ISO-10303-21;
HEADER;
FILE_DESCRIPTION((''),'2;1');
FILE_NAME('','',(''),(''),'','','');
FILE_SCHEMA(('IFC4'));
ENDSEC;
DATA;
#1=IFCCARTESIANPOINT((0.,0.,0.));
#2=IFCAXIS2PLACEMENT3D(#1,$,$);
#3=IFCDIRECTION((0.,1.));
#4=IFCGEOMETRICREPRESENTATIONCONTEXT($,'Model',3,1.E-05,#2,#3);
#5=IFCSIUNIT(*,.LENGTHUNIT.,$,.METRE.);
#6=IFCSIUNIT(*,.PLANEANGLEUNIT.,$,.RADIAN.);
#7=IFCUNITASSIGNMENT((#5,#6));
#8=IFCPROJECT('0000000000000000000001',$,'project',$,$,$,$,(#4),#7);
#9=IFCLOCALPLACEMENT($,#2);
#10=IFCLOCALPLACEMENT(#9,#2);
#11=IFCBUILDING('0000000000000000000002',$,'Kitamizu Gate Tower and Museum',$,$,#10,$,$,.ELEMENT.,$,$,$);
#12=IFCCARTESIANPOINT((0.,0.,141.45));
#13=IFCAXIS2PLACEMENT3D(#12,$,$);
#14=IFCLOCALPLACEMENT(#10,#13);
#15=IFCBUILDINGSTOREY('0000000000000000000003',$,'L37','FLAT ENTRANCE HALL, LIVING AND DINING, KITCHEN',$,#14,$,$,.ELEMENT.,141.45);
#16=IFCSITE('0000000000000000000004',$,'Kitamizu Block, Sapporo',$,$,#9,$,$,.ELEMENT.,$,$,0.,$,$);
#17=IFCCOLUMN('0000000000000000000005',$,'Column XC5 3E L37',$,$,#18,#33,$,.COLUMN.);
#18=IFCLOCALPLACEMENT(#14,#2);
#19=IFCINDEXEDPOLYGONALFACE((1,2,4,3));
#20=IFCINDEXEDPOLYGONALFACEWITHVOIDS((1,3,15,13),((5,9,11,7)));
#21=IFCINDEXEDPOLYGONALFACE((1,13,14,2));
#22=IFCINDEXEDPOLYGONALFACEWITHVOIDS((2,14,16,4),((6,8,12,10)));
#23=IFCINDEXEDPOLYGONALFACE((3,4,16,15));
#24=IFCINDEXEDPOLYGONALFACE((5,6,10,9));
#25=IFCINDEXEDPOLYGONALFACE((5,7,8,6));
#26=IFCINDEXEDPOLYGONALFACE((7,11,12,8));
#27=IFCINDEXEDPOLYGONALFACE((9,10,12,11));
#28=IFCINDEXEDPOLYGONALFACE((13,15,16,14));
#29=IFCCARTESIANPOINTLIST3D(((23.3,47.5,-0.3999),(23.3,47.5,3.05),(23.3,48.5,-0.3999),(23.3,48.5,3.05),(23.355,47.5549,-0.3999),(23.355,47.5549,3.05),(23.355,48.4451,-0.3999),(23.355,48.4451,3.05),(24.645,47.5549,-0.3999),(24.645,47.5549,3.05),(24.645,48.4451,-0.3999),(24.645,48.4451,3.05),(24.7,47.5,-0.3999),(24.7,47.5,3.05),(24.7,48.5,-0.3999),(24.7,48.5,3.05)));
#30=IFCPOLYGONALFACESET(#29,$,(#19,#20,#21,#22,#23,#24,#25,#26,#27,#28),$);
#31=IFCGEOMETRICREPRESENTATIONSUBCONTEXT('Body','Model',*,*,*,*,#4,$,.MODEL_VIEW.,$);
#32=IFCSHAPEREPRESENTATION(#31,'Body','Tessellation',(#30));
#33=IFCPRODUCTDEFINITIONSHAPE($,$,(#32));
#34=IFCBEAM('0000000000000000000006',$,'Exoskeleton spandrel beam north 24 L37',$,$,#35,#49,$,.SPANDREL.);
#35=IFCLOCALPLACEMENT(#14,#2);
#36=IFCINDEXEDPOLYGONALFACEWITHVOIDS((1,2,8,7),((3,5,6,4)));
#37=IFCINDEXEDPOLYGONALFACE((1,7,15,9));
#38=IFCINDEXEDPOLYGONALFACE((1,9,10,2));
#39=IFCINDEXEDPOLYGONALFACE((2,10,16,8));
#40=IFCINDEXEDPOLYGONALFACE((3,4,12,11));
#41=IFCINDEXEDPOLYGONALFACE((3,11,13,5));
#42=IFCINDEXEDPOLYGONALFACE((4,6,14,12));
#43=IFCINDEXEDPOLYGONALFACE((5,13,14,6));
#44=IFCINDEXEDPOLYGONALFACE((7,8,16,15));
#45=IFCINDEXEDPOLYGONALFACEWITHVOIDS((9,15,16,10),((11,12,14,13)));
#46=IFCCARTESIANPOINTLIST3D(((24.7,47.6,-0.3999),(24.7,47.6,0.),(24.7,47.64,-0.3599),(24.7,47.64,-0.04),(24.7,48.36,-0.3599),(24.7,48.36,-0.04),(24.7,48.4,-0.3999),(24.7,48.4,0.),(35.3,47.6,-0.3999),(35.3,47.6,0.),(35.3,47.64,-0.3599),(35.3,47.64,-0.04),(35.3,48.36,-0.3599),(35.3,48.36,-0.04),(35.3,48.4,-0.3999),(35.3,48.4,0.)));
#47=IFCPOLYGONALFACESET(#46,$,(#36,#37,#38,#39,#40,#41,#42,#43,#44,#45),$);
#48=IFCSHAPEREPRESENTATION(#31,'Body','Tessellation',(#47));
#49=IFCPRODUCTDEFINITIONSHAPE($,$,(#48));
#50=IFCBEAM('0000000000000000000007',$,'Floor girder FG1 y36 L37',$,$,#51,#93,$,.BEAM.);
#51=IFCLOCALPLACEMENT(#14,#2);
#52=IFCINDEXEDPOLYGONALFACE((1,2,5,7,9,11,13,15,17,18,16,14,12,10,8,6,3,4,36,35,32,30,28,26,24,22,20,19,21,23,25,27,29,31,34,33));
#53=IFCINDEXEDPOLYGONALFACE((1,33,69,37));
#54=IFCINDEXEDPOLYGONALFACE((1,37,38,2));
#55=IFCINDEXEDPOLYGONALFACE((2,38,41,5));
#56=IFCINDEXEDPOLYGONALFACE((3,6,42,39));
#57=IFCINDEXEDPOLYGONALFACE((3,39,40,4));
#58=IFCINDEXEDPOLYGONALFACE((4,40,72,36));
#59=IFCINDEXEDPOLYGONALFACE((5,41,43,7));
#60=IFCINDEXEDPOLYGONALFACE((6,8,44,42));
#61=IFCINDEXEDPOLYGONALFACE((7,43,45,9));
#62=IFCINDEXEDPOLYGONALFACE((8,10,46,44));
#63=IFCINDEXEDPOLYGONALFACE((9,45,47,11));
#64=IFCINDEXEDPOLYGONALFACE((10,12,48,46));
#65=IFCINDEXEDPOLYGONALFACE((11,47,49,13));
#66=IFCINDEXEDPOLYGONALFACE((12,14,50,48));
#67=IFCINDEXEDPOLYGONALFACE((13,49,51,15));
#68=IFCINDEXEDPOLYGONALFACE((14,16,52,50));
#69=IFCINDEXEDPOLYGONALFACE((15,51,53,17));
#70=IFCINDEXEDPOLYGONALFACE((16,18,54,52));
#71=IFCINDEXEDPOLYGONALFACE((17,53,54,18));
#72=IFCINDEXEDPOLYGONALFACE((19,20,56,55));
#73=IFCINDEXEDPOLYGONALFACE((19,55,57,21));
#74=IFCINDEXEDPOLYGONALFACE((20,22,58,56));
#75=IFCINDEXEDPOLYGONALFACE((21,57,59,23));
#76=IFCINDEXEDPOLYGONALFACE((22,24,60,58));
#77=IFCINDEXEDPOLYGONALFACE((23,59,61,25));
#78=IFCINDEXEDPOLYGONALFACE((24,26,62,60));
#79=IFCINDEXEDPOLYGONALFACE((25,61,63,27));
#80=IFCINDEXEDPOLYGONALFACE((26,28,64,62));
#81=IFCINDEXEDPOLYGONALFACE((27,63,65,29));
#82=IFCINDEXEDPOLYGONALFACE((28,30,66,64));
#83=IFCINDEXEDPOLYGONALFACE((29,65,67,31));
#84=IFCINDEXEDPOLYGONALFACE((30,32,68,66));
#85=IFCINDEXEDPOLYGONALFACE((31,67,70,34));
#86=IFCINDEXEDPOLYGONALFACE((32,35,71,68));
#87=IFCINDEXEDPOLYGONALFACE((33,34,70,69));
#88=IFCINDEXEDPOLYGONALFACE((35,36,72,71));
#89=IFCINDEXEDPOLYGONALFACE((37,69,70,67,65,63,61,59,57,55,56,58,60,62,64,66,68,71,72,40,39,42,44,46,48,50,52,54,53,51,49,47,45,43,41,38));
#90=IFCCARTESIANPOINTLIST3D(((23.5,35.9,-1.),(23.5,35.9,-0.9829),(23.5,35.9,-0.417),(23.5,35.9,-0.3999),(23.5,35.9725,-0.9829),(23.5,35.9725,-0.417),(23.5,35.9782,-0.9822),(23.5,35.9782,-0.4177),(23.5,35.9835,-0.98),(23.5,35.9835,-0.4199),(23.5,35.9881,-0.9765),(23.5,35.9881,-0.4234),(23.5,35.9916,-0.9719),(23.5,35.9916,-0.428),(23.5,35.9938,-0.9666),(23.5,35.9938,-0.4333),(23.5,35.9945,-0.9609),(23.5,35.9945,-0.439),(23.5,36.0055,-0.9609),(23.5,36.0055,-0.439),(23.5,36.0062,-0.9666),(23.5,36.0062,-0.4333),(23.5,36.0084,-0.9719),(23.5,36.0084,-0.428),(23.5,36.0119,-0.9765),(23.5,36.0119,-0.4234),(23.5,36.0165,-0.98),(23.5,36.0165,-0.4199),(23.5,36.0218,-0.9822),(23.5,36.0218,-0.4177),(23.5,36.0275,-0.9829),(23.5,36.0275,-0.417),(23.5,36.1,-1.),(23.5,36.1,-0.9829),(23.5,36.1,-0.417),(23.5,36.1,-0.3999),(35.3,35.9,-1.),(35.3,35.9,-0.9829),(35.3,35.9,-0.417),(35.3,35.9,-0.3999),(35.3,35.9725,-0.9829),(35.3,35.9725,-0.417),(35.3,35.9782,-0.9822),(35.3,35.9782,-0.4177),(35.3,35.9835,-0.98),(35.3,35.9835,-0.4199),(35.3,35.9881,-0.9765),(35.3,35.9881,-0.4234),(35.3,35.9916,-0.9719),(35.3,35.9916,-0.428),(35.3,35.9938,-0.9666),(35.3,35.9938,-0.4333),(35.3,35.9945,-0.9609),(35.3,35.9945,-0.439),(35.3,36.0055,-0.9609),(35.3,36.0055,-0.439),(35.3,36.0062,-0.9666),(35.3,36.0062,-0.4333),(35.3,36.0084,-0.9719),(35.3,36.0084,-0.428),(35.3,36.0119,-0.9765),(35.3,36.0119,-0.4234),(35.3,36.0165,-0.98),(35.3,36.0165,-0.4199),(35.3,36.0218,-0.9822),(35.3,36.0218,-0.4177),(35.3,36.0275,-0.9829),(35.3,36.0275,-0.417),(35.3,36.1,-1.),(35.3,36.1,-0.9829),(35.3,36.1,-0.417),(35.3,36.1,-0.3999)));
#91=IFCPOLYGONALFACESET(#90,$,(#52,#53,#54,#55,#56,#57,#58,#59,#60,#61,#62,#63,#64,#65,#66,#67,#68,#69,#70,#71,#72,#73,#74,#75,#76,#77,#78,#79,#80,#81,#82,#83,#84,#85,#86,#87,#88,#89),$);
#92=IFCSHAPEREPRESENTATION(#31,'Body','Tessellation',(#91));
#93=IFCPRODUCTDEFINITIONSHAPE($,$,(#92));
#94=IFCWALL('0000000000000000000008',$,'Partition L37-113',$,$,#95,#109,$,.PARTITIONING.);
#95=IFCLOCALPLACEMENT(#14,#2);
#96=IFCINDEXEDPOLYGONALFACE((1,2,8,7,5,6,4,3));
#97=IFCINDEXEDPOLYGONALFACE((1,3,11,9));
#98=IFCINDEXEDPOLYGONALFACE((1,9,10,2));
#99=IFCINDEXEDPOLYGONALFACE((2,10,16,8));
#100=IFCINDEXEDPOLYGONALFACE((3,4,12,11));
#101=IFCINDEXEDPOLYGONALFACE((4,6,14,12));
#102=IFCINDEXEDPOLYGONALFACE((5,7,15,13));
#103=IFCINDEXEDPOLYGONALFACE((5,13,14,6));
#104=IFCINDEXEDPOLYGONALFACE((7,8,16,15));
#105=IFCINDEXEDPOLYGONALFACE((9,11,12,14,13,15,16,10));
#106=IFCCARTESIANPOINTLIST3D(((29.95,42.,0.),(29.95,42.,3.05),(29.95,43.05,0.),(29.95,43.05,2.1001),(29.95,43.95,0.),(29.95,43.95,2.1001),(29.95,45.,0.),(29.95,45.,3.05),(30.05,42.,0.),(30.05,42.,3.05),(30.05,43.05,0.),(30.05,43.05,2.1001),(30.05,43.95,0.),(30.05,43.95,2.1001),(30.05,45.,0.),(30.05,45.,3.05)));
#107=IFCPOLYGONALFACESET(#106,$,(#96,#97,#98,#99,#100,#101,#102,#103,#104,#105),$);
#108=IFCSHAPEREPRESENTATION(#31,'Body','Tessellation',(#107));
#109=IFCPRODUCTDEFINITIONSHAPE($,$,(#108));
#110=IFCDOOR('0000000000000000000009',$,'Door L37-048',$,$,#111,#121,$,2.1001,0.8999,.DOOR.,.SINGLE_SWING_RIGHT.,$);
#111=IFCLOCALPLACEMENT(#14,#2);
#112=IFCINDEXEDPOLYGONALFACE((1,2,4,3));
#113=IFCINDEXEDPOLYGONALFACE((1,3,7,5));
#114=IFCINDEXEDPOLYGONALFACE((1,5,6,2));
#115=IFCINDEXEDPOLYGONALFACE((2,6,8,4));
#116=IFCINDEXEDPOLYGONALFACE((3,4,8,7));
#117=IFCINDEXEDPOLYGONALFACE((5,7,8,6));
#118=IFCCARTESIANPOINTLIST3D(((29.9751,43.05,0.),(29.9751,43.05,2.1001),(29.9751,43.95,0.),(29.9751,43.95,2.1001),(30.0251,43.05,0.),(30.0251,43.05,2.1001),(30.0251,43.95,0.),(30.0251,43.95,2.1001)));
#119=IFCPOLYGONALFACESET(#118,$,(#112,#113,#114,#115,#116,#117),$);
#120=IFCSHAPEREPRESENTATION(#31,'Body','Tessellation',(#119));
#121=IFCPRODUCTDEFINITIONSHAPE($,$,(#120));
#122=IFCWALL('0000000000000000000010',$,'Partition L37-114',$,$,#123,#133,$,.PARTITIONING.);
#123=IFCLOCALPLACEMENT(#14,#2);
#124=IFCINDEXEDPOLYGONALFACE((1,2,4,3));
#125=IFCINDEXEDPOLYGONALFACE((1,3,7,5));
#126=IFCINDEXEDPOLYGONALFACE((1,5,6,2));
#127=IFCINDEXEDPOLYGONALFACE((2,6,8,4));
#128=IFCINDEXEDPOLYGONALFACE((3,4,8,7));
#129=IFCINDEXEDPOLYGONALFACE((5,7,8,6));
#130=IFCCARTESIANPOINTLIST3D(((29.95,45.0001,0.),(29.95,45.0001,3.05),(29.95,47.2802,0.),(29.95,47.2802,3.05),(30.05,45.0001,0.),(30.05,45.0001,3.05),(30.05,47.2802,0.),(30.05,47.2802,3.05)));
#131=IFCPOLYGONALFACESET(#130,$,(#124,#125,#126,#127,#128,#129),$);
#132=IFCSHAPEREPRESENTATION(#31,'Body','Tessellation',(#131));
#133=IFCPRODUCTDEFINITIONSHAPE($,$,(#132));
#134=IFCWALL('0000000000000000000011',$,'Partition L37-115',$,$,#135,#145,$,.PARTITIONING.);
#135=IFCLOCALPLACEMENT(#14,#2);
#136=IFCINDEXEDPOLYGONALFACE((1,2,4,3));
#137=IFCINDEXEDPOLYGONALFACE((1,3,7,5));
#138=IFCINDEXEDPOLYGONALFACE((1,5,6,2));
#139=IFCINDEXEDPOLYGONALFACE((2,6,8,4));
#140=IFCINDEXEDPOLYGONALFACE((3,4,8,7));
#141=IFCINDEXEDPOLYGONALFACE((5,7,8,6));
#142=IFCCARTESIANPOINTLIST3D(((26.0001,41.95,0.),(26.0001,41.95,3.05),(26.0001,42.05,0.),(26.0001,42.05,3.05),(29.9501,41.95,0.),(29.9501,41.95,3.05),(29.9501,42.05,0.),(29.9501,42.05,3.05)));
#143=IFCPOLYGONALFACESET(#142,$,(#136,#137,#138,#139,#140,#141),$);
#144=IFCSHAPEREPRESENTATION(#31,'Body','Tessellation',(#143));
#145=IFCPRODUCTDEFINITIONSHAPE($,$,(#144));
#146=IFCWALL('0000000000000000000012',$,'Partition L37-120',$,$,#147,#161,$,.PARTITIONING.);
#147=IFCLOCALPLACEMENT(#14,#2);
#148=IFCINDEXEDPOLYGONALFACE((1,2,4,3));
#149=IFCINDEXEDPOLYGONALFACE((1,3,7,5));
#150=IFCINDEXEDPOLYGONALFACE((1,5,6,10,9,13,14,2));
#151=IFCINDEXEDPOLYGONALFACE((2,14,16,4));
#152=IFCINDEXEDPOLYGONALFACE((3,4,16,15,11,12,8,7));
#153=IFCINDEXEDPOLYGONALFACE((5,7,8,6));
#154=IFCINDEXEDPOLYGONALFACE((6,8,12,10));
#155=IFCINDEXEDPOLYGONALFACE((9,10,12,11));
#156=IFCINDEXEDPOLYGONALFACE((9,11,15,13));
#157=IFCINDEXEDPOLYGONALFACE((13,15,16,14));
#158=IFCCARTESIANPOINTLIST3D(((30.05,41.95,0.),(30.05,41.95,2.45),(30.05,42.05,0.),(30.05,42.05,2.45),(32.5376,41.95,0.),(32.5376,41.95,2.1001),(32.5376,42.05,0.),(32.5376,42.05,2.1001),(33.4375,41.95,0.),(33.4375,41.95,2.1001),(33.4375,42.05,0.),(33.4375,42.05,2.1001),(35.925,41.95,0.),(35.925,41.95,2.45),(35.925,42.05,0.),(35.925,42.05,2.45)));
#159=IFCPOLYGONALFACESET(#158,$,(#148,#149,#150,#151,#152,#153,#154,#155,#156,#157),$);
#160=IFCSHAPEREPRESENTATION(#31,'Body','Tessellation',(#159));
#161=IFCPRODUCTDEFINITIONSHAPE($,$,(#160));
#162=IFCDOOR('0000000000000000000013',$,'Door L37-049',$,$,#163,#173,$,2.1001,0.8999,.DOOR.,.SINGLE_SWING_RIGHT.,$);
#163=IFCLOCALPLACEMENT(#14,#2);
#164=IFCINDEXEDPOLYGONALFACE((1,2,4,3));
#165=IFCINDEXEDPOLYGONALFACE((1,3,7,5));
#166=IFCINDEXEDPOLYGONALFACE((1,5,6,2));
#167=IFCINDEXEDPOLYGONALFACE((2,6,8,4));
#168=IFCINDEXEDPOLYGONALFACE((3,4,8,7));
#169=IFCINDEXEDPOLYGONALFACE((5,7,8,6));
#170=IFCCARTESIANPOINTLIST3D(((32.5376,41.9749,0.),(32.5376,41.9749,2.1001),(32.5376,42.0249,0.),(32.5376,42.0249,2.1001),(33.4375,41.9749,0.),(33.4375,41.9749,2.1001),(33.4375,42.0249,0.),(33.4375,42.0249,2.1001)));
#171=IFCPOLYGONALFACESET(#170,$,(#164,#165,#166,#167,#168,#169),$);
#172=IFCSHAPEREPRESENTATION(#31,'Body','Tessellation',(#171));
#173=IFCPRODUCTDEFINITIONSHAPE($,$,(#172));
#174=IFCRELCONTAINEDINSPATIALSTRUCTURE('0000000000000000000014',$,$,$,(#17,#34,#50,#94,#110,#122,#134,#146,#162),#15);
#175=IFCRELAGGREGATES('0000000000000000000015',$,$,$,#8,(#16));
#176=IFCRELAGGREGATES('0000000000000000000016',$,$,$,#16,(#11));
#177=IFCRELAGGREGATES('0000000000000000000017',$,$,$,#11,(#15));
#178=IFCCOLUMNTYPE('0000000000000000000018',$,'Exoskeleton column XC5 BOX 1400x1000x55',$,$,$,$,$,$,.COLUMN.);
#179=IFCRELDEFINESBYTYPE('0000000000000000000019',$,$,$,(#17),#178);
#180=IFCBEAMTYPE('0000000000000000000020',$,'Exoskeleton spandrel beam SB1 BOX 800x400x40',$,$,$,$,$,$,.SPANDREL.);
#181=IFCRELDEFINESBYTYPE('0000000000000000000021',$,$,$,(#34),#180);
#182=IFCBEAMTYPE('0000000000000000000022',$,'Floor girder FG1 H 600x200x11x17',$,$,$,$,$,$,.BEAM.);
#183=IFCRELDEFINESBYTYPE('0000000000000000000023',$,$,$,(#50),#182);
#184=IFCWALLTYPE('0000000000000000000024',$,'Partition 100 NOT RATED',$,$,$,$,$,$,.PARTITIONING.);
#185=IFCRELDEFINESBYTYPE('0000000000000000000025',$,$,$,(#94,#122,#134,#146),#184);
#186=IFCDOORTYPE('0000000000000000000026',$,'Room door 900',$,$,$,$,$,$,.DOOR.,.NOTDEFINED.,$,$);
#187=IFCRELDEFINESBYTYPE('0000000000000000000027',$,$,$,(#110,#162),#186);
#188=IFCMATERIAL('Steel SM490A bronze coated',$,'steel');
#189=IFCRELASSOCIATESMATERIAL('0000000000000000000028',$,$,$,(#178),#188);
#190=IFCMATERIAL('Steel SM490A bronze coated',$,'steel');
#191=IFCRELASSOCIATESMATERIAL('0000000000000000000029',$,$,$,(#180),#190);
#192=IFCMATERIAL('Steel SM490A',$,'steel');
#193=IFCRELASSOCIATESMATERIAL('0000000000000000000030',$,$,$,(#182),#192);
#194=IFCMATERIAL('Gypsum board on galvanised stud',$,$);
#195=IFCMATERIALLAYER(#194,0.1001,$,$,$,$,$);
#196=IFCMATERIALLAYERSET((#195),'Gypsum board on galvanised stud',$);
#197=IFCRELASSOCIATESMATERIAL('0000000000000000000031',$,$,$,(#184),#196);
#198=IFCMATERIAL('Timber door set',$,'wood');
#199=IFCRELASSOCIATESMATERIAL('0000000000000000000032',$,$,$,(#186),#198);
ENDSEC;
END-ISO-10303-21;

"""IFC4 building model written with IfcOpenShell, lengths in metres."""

from ifc_helpers import new_model, si_unit, direction, frame, frame_2d, origin, origin_2d, place, context, subcontext, project, spatial, rectangle, hollow_rectangle, i_section, extrude, material, layer, layer_set, material_profile, profile_set, type_object, element, fill, save


model = new_model("IFC4")

# Units and contexts
model_context = context("Model", 3, precision=1e-05, world=origin(), true_north=direction((0.0, 1.0)))
body_context = subcontext(model_context, "Body", "Model", "MODEL_VIEW")
ifc_project = project(units=[si_unit("LENGTHUNIT", "METRE"), si_unit("PLANEANGLEUNIT", "RADIAN")], contexts=[model_context])

# Site, building, storey
site_placement = place(None, origin())
site = spatial("IfcSite", under=ifc_project, at=site_placement, Name="Kitamizu Block, Sapporo", CompositionType="ELEMENT", RefElevation=0.0)
building_placement = place(site_placement, origin())
building = spatial("IfcBuilding", under=site, at=building_placement, Name="Kitamizu Gate Tower and Museum", CompositionType="ELEMENT")
storey_placement = place(building_placement, frame((0.0, 0.0, 141.45)))
storey = spatial("IfcBuildingStorey", under=building, at=storey_placement, Name="L37", Description="FLAT ENTRANCE HALL, LIVING AND DINING, KITCHEN", CompositionType="ELEMENT", Elevation=141.45)

# Column
ifc_material_1 = material(Name="Steel SM490A bronze coated", Category="steel")
ifc_material_profile_1 = material_profile(ifc_material_1, hollow_rectangle(XDim=1.3999, YDim=1.0, WallThickness=0.0549, at=origin_2d()), Name="BOX 1400x1000x55")
ifc_profile_set_1 = profile_set([ifc_material_profile_1], Name="Steel SM490A bronze coated")
column_type = type_object("IfcColumnType", Name="Exoskeleton column XC5 BOX 1400x1000x55", PredefinedType="COLUMN", material=ifc_profile_set_1)
column_placement = place(storey_placement, frame((24.0, 48.0, -0.3999), z_axis=(0.0, 0.0, 1.0), x_axis=(1.0, 0.0, 0.0)))
element("IfcColumn", 1, at=column_placement, inside=storey, type_object=column_type, Name="Column XC5 3E L37", PredefinedType="COLUMN", context=body_context, shape_type="SweptSolid", body=[
    extrude(hollow_rectangle(XDim=1.3999, YDim=1.0, WallThickness=0.0549, at=origin_2d()), origin(), (0.0, 0.0, 1.0), 3.45),
])

# Beams
ifc_material_2 = material(Name="Steel SM490A bronze coated", Category="steel")
ifc_material_profile_2 = material_profile(ifc_material_2, hollow_rectangle(XDim=0.8, YDim=0.3999, WallThickness=0.04, at=origin_2d()), Name="BOX 800x400x40")
ifc_profile_set_2 = profile_set([ifc_material_profile_2], Name="Steel SM490A bronze coated")
beam_type_1 = type_object("IfcBeamType", Name="Exoskeleton spandrel beam SB1 BOX 800x400x40", PredefinedType="SPANDREL", material=ifc_profile_set_2)
beam_1_placement = place(storey_placement, frame((24.7, 48.0, -0.2), z_axis=(1.0, 0.0, 0.0), x_axis=(0.0, 1.0, 0.0)))
element("IfcBeam", 2, at=beam_1_placement, inside=storey, type_object=beam_type_1, Name="Exoskeleton spandrel beam north 24 L37", PredefinedType="SPANDREL", context=body_context, shape_type="SweptSolid", body=[
    extrude(hollow_rectangle(XDim=0.8, YDim=0.3999, WallThickness=0.04, at=origin_2d()), origin(), (0.0, 0.0, 1.0), 10.6001),
])
ifc_material_3 = material(Name="Steel SM490A", Category="steel")
ifc_material_profile_3 = material_profile(ifc_material_3, i_section(OverallWidth=0.2, OverallDepth=0.6001, WebThickness=0.011, FlangeThickness=0.0171, FilletRadius=0.022, at=origin_2d()), Name="H-600x200x11x17")
ifc_profile_set_3 = profile_set([ifc_material_profile_3], Name="Steel SM490A")
beam_type_2 = type_object("IfcBeamType", Name="Floor girder FG1 H 600x200x11x17", PredefinedType="BEAM", material=ifc_profile_set_3)
beam_2_placement = place(storey_placement, frame((23.5, 36.0, -0.7), z_axis=(1.0, 0.0, 0.0), x_axis=(0.0, 1.0, 0.0)))
element("IfcBeam", 3, at=beam_2_placement, inside=storey, type_object=beam_type_2, Name="Floor girder FG1 y36 L37", PredefinedType="BEAM", context=body_context, shape_type="SweptSolid", body=[
    extrude(i_section(OverallWidth=0.2, OverallDepth=0.6001, WebThickness=0.011, FlangeThickness=0.0171, FilletRadius=0.022, at=origin_2d()), origin(), (0.0, 0.0, 1.0), 11.8),
])

# Wall, opening, door
ifc_material_4 = material(Name="Gypsum board on galvanised stud")
ifc_layer_1 = layer(ifc_material_4, 0.1001)
ifc_layer_set_1 = layer_set([ifc_layer_1], Name="Gypsum board on galvanised stud")
wall_type_1 = type_object("IfcWallType", Name="Partition 100 NOT RATED", PredefinedType="PARTITIONING", material=ifc_layer_set_1)
wall_1_placement = place(storey_placement, frame((30.0, 42.0, 0.0), z_axis=(0.0, 0.0, 1.0), x_axis=(0.0, 1.0, 0.0)))
wall_1 = element("IfcWall", 4, at=wall_1_placement, inside=storey, type_object=wall_type_1, Name="Partition L37-113", PredefinedType="PARTITIONING", context=body_context, shape_type="SweptSolid", body=[
    extrude(rectangle(XDim=3.0, YDim=0.1001, at=frame_2d((1.5, 0.0))), origin(), (0.0, 0.0, 1.0), 3.05),
])
opening_1_placement = place(wall_1_placement, frame((1.05, 0.0, 0.0)))
opening_1 = element("IfcOpeningElement", 5, at=opening_1_placement, cuts=wall_1, PredefinedType="OPENING", context=body_context, shape_type="SweptSolid", body=[
    extrude(rectangle(XDim=0.8999, YDim=2.1001, at=frame_2d((0.45, 1.05))), frame((0.0, 0.0601, 0.0), z_axis=(0.0, -1.0, 0.0), x_axis=(1.0, 0.0, 0.0)), (0.0, 0.0, 1.0), 0.1201),
])
ifc_material_5 = material(Name="Timber door set", Category="wood")
door_type_1 = type_object("IfcDoorType", Name="Room door 900", OperationType="NOTDEFINED", PredefinedType="DOOR", material=ifc_material_5)
door_1_placement = place(opening_1_placement, origin())
door_1 = element("IfcDoor", 6, at=door_1_placement, inside=storey, type_object=door_type_1, Name="Door L37-048", OperationType="SINGLE_SWING_RIGHT", OverallHeight=2.1001, OverallWidth=0.8999, PredefinedType="DOOR", context=body_context, shape_type="SweptSolid", body=[
    extrude(rectangle(XDim=0.8999, YDim=2.1001, at=frame_2d((0.45, 1.05))), frame((0.0, 0.0249, 0.0), z_axis=(0.0, -1.0, 0.0), x_axis=(1.0, 0.0, 0.0)), (0.0, 0.0, 1.0), 0.05),
])
fill(opening_1, door_1)

# Walls
wall_2_placement = place(storey_placement, frame((30.0, 45.0, 0.0), z_axis=(0.0, 0.0, 1.0), x_axis=(0.0, 1.0, 0.0)))
element("IfcWall", 7, at=wall_2_placement, inside=storey, type_object=wall_type_1, Name="Partition L37-114", PredefinedType="PARTITIONING", context=body_context, shape_type="SweptSolid", body=[
    extrude(rectangle(XDim=2.28, YDim=0.1001, at=frame_2d((1.1401, 0.0))), origin(), (0.0, 0.0, 1.0), 3.05),
])
wall_3_placement = place(storey_placement, frame((26.0, 42.0, 0.0), z_axis=(0.0, 0.0, 1.0), x_axis=(1.0, 0.0, 0.0)))
element("IfcWall", 8, at=wall_3_placement, inside=storey, type_object=wall_type_1, Name="Partition L37-115", PredefinedType="PARTITIONING", context=body_context, shape_type="SweptSolid", body=[
    extrude(rectangle(XDim=3.95, YDim=0.1001, at=frame_2d((1.9751, 0.0))), origin(), (0.0, 0.0, 1.0), 3.05),
])

# Wall, opening, door
wall_4_placement = place(storey_placement, frame((30.05, 42.0, 0.0), z_axis=(0.0, 0.0, 1.0), x_axis=(1.0, 0.0, 0.0)))
wall_4 = element("IfcWall", 9, at=wall_4_placement, inside=storey, type_object=wall_type_1, Name="Partition L37-120", PredefinedType="PARTITIONING", context=body_context, shape_type="SweptSolid", body=[
    extrude(rectangle(XDim=5.875, YDim=0.1001, at=frame_2d((2.9375, 0.0))), origin(), (0.0, 0.0, 1.0), 2.45),
])
opening_2_placement = place(wall_4_placement, frame((2.4875, 0.0, 0.0)))
opening_2 = element("IfcOpeningElement", 10, at=opening_2_placement, cuts=wall_4, PredefinedType="OPENING", context=body_context, shape_type="SweptSolid", body=[
    extrude(rectangle(XDim=0.8999, YDim=2.1001, at=frame_2d((0.45, 1.05))), frame((0.0, 0.0601, 0.0), z_axis=(0.0, -1.0, 0.0), x_axis=(1.0, 0.0, 0.0)), (0.0, 0.0, 1.0), 0.1201),
])
door_2_placement = place(opening_2_placement, origin())
door_2 = element("IfcDoor", 11, at=door_2_placement, inside=storey, type_object=door_type_1, Name="Door L37-049", OperationType="SINGLE_SWING_RIGHT", OverallHeight=2.1001, OverallWidth=0.8999, PredefinedType="DOOR", context=body_context, shape_type="SweptSolid", body=[
    extrude(rectangle(XDim=0.8999, YDim=2.1001, at=frame_2d((0.45, 1.05))), frame((0.0, 0.0249, 0.0), z_axis=(0.0, -1.0, 0.0), x_axis=(1.0, 0.0, 0.0)), (0.0, 0.0, 1.0), 0.05),
])
fill(opening_2, door_2)

save(model, "model.ifc")
